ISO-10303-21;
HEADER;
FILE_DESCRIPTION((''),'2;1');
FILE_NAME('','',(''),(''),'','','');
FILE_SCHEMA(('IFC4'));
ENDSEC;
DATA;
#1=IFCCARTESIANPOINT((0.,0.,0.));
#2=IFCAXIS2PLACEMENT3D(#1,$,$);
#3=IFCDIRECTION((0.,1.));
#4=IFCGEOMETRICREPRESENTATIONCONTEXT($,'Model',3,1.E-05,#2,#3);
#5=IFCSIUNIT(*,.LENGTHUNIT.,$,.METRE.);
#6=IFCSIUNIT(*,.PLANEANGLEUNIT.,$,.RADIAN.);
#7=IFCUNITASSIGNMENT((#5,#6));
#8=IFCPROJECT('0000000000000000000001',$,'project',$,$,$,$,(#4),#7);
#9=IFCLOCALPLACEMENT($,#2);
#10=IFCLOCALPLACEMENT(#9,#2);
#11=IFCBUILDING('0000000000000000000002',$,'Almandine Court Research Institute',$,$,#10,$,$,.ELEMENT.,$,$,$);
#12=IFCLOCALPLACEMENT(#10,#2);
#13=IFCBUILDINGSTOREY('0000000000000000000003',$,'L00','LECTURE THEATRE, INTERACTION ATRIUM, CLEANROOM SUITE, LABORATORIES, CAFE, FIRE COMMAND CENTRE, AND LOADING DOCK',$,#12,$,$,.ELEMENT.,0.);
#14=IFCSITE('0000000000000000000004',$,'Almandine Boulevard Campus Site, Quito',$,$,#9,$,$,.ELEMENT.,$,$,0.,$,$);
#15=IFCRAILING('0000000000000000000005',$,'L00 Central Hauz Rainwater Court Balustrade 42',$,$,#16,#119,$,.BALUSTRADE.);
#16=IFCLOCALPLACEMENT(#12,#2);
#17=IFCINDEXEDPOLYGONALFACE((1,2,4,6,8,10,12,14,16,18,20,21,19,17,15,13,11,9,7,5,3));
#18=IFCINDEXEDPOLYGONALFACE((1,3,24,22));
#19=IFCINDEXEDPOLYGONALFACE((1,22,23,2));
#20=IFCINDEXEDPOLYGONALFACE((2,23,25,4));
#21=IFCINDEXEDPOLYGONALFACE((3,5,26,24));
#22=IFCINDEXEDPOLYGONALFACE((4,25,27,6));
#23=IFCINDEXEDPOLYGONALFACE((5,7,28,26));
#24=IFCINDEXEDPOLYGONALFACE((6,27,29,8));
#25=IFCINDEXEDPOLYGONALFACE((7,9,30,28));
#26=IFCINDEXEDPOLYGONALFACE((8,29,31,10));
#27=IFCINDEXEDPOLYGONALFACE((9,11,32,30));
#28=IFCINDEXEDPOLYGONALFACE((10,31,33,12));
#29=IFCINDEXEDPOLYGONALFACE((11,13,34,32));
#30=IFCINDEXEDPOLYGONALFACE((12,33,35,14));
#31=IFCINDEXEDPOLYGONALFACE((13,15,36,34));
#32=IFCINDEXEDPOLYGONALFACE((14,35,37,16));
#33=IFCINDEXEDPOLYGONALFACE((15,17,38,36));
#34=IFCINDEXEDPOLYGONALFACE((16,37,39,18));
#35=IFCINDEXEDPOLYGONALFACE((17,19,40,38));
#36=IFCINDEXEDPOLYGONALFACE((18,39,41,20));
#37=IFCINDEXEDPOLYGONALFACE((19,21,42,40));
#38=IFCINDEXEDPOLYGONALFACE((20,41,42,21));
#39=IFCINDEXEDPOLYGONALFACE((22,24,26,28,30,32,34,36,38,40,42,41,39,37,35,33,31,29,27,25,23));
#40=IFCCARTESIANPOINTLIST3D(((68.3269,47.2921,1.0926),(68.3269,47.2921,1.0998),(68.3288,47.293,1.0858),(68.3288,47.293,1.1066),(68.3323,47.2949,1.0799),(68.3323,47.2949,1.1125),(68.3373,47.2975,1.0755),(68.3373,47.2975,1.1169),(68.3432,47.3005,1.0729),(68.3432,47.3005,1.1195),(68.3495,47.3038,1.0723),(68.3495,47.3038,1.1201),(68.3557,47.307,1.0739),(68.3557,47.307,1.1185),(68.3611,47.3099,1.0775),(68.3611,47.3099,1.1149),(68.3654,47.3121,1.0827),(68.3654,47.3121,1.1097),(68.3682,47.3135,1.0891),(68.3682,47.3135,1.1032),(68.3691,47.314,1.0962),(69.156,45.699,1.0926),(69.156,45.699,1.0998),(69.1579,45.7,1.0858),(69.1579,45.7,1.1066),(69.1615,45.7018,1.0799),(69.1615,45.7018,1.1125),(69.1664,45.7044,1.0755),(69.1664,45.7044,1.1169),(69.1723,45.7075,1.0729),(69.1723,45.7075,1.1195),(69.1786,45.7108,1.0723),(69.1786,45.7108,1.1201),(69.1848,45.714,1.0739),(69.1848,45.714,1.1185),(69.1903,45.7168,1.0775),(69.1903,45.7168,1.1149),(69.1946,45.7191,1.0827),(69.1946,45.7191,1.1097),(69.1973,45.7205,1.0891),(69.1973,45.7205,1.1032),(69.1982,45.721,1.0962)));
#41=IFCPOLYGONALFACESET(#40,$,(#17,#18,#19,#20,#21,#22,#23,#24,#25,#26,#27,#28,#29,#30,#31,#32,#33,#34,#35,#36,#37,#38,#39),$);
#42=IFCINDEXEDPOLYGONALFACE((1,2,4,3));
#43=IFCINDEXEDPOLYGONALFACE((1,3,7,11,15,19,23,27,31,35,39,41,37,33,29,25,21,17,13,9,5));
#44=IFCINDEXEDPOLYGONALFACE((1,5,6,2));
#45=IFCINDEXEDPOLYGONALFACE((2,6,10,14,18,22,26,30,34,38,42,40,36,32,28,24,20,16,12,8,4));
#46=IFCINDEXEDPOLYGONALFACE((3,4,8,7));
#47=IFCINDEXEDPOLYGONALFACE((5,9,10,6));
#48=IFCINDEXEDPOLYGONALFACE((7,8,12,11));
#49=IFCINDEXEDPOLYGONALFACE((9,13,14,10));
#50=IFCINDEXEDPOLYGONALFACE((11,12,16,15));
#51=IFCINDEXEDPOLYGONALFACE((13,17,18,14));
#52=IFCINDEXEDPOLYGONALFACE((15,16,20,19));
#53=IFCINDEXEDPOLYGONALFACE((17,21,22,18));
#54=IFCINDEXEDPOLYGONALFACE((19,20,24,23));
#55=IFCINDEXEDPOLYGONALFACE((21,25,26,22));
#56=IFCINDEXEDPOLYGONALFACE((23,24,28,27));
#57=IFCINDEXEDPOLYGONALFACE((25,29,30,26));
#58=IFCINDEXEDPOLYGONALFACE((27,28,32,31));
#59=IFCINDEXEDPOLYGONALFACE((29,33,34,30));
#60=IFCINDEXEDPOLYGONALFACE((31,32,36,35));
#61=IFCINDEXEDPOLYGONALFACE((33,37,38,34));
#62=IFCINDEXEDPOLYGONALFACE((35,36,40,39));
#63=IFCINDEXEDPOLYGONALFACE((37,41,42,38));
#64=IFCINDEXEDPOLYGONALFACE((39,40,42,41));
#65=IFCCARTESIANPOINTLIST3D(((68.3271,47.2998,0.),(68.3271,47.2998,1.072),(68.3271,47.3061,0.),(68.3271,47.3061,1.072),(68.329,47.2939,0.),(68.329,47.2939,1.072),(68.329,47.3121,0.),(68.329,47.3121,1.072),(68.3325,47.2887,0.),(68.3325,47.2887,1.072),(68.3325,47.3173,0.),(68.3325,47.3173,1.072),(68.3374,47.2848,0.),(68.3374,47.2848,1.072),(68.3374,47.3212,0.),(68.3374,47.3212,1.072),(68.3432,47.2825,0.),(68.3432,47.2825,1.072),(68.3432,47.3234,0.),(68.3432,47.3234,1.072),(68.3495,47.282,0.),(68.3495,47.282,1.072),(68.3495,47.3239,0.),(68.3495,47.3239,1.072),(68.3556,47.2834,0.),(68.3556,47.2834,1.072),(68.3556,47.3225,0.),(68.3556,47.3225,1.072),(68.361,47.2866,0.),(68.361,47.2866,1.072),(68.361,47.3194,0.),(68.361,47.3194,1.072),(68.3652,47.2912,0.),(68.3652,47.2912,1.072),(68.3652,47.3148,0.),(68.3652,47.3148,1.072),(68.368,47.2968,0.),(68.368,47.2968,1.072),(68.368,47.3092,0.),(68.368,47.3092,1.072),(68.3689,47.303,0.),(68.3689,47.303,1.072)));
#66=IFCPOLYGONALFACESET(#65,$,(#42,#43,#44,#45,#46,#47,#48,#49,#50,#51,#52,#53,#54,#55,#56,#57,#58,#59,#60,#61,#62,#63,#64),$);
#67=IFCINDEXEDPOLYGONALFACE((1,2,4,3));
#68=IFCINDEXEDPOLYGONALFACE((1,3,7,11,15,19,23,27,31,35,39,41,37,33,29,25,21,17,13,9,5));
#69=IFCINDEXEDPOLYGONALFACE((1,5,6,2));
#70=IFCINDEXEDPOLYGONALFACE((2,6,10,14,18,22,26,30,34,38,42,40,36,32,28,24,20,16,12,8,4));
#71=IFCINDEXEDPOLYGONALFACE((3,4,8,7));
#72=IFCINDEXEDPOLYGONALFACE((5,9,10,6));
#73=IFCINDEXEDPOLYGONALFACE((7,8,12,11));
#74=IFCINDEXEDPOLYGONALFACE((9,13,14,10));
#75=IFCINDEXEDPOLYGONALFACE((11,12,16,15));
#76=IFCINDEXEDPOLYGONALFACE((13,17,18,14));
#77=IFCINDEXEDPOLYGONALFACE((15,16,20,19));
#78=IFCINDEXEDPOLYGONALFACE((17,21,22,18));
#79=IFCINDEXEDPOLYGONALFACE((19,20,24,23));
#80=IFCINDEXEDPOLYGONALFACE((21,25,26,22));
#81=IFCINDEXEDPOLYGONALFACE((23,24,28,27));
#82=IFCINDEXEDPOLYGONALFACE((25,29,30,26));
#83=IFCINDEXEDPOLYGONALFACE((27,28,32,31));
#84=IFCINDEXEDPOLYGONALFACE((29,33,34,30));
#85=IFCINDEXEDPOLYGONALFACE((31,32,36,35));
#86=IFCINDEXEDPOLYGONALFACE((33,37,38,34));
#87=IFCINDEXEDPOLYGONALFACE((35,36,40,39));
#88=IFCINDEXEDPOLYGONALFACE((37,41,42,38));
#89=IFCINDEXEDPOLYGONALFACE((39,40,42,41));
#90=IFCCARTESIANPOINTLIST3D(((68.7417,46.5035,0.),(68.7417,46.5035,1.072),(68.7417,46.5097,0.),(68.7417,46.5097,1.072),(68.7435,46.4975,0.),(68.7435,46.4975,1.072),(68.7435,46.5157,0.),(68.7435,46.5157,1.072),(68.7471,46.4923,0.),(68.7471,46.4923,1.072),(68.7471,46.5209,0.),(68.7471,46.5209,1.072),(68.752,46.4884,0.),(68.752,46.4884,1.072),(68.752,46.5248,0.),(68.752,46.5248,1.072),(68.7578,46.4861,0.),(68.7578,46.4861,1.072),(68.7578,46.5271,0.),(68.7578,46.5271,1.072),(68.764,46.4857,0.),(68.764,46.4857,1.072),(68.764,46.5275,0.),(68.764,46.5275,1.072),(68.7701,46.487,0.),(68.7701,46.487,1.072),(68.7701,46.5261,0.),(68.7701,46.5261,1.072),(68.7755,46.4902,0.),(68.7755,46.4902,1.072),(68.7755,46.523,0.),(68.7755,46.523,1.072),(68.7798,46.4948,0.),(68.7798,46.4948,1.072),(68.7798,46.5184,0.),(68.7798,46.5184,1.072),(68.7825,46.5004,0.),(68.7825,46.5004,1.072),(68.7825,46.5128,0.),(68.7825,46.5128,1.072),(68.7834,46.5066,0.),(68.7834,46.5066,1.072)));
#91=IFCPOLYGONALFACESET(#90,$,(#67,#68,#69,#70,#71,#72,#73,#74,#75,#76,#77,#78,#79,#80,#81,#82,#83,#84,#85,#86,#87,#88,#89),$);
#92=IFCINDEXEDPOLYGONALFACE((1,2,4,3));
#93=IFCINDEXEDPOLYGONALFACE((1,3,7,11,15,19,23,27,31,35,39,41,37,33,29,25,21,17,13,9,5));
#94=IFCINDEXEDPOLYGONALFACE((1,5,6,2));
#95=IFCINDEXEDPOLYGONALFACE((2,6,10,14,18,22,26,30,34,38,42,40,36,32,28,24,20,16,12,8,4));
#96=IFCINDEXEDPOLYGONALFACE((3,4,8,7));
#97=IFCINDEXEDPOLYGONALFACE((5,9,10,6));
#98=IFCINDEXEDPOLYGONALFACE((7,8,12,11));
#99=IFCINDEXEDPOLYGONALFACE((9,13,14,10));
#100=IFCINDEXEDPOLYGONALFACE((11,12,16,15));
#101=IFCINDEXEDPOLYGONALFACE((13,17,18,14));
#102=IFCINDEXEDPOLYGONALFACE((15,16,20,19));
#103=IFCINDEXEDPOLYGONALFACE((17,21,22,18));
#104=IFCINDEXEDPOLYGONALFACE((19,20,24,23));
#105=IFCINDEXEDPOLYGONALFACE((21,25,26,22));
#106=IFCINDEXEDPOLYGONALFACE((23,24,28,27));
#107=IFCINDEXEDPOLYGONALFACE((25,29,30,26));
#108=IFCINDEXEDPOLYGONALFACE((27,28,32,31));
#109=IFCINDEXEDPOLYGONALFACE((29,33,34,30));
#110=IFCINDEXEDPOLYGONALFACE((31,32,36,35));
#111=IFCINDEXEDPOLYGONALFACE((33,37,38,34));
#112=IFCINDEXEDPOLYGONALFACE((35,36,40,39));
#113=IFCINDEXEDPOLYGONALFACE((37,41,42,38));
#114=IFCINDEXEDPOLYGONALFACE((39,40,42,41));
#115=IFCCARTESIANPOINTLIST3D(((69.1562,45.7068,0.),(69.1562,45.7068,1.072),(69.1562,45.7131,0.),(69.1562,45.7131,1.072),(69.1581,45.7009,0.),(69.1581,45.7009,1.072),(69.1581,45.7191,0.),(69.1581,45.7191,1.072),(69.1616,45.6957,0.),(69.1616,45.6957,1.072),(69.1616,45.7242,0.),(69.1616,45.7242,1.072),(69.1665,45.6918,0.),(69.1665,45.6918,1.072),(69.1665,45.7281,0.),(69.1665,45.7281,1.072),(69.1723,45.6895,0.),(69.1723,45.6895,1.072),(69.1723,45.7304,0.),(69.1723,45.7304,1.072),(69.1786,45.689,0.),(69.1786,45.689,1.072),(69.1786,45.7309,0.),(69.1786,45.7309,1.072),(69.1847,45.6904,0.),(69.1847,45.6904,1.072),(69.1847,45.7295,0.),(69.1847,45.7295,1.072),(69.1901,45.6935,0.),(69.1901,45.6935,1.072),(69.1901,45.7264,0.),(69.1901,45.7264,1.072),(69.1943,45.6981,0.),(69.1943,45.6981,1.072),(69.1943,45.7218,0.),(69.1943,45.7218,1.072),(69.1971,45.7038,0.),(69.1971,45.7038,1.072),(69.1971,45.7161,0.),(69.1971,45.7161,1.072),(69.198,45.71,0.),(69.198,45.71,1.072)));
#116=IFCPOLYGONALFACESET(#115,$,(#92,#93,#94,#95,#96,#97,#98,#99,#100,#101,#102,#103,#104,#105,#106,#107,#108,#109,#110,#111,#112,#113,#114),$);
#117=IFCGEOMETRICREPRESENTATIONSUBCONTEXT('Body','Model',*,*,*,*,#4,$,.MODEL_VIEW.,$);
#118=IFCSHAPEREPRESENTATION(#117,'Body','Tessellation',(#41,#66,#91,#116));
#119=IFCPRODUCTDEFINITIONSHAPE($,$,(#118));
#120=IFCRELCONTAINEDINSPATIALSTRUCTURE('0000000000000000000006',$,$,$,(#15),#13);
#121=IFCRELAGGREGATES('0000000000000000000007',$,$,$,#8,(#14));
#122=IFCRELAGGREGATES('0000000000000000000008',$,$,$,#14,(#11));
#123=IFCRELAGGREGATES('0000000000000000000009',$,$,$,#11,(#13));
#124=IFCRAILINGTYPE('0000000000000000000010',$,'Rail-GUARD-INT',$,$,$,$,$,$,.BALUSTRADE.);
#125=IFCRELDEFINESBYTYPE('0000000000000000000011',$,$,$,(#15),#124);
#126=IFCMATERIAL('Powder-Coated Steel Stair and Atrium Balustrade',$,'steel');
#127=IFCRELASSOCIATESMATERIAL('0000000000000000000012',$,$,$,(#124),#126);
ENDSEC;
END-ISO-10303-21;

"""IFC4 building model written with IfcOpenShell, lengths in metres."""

from ifc_helpers import new_model, si_unit, direction, frame, origin, origin_2d, place, context, subcontext, project, spatial, circle, extrude, material, type_object, element, save


model = new_model("IFC4")

# Units and contexts
model_context = context("Model", 3, precision=1e-05, world=origin(), true_north=direction((0.0, 1.0)))
body_context = subcontext(model_context, "Body", "Model", "MODEL_VIEW")
ifc_project = project(units=[si_unit("LENGTHUNIT", "METRE"), si_unit("PLANEANGLEUNIT", "RADIAN")], contexts=[model_context])

# Site, building, storey
site_placement = place(None, origin())
site = spatial("IfcSite", under=ifc_project, at=site_placement, Name="Almandine Boulevard Campus Site, Quito", CompositionType="ELEMENT", RefElevation=0.0)
building_placement = place(site_placement, origin())
building = spatial("IfcBuilding", under=site, at=building_placement, Name="Almandine Court Research Institute", CompositionType="ELEMENT")
storey_placement = place(building_placement, origin())
storey = spatial("IfcBuildingStorey", under=building, at=storey_placement, Name="L00", Description="LECTURE THEATRE, INTERACTION ATRIUM, CLEANROOM SUITE, LABORATORIES, CAFE, FIRE COMMAND CENTRE, AND LOADING DOCK", CompositionType="ELEMENT", Elevation=0.0)

# Railing
ifc_material_1 = material(Name="Powder-Coated Steel Stair and Atrium Balustrade", Category="steel")
railing_type = type_object("IfcRailingType", Name="Rail-GUARD-INT", PredefinedType="BALUSTRADE", material=ifc_material_1)
railing_1_placement = place(storey_placement, frame((68.3479, 47.303, 0.0)))
element("IfcRailing", 1, at=railing_1_placement, inside=storey, type_object=railing_type, Name="L00 Central Hauz Rainwater Court Balustrade 42", PredefinedType="BALUSTRADE", context=body_context, shape_type="SweptSolid", body=[
    extrude(circle(Radius=0.0239, at=origin_2d()), frame((0.0, 0.0, 1.0962), z_axis=(0.461674, -0.88705, 0.0), x_axis=(0.88705, 0.461674, 0.0)), (0.0, 0.0, 1.0), 1.7959),
    extrude(circle(Radius=0.021, at=origin_2d()), origin(), (0.0, 0.0, 1.0), 1.072),
    extrude(circle(Radius=0.021, at=origin_2d()), frame((0.4146, -0.7964, 0.0)), (0.0, 0.0, 1.0), 1.072),
    extrude(circle(Radius=0.021, at=origin_2d()), frame((0.8291, -1.593, 0.0)), (0.0, 0.0, 1.0), 1.072),
])

save(model, "model.ifc")
